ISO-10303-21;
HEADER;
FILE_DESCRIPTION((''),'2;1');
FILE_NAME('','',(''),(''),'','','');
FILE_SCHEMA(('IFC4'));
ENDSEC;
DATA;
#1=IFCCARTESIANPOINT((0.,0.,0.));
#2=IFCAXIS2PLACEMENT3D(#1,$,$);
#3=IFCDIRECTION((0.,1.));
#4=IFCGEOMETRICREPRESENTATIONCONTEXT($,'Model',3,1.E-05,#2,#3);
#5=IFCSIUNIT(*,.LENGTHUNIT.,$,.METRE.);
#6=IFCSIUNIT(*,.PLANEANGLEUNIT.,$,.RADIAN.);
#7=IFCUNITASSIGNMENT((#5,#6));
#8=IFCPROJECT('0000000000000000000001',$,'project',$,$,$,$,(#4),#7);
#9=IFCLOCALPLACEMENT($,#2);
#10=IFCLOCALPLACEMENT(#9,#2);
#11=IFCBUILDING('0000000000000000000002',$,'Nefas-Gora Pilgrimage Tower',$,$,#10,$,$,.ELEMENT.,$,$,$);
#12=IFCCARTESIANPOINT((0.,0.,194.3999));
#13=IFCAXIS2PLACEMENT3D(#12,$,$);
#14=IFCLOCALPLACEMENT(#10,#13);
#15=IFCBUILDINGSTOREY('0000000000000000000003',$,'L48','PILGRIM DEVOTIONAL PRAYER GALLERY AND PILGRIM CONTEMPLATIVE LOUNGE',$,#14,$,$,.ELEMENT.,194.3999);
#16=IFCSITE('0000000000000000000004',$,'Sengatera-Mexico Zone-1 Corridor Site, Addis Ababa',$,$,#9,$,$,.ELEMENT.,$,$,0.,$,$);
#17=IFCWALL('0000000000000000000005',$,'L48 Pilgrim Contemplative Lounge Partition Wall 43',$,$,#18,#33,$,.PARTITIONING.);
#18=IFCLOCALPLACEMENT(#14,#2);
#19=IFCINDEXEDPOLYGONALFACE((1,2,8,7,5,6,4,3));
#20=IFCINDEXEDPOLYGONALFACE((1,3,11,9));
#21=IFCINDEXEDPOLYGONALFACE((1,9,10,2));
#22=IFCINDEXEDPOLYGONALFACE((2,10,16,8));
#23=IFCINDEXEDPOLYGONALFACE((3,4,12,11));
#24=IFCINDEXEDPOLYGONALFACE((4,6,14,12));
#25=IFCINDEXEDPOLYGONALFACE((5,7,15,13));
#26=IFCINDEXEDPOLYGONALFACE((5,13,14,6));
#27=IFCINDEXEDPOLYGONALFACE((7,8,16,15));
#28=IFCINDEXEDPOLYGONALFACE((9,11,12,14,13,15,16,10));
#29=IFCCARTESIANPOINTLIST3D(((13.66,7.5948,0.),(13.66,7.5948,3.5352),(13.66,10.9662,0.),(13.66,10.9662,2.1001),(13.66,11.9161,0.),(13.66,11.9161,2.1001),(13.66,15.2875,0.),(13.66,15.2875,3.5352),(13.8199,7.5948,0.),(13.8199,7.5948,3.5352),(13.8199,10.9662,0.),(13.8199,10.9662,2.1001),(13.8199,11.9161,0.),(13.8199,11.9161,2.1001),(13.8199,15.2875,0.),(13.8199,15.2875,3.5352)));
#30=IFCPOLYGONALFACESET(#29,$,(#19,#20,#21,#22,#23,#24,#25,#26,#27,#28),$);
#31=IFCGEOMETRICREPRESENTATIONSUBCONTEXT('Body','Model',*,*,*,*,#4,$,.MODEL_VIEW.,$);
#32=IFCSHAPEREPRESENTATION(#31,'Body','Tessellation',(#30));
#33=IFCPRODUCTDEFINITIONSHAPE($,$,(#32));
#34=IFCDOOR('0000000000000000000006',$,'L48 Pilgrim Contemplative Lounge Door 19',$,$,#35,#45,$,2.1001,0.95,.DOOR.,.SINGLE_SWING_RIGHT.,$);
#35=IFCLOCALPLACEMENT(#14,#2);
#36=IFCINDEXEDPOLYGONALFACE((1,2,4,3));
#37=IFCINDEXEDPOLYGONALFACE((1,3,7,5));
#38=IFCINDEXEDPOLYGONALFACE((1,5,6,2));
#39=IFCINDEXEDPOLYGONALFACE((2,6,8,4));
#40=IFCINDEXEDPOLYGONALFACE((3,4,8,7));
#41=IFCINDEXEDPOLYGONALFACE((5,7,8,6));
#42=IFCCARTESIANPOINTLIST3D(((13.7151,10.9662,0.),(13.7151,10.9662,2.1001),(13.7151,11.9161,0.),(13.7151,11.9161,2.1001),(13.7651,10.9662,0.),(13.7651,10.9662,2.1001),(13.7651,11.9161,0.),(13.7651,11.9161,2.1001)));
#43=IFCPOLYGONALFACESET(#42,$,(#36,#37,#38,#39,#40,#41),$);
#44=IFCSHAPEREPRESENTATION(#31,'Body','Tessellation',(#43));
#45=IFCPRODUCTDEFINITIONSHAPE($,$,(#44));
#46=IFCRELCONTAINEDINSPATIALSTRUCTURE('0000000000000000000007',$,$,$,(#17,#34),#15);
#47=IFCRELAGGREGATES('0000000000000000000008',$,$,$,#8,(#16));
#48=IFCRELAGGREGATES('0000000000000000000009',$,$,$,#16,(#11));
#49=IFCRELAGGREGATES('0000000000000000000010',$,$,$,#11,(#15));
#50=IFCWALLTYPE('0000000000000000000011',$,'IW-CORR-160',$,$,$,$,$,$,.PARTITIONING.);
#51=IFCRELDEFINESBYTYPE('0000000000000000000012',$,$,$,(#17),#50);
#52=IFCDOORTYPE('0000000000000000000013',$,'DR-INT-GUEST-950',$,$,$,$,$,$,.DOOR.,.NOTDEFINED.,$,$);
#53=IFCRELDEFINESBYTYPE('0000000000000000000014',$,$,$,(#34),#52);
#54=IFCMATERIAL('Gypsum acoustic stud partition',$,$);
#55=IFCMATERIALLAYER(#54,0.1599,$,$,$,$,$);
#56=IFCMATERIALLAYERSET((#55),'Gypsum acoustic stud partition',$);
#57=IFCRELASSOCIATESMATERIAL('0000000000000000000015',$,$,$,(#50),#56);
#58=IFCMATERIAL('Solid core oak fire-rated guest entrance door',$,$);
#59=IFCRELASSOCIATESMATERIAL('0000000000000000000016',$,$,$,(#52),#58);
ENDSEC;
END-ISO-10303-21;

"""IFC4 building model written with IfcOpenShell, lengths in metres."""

from ifc_helpers import new_model, si_unit, direction, frame, frame_2d, origin, place, context, subcontext, project, spatial, rectangle, extrude, source, transform, mapped, material, layer, layer_set, type_object, element, fill, save


model = new_model("IFC4")

# Units and contexts
model_context = context("Model", 3, precision=1e-05, world=origin(), true_north=direction((0.0, 1.0)))
body_context = subcontext(model_context, "Body", "Model", "MODEL_VIEW")
ifc_project = project(units=[si_unit("LENGTHUNIT", "METRE"), si_unit("PLANEANGLEUNIT", "RADIAN")], contexts=[model_context])

# Site, building, storey
site_placement = place(None, origin())
site = spatial("IfcSite", under=ifc_project, at=site_placement, Name="Sengatera-Mexico Zone-1 Corridor Site, Addis Ababa", CompositionType="ELEMENT", RefElevation=0.0)
building_placement = place(site_placement, origin())
building = spatial("IfcBuilding", under=site, at=building_placement, Name="Nefas-Gora Pilgrimage Tower", CompositionType="ELEMENT")
storey_placement = place(building_placement, frame((0.0, 0.0, 194.3999)))
storey = spatial("IfcBuildingStorey", under=building, at=storey_placement, Name="L48", Description="PILGRIM DEVOTIONAL PRAYER GALLERY AND PILGRIM CONTEMPLATIVE LOUNGE", CompositionType="ELEMENT", Elevation=194.3999)

# Wall, opening, door
ifc_material_1 = material(Name="Gypsum acoustic stud partition")
ifc_layer_1 = layer(ifc_material_1, 0.1599)
ifc_layer_set_1 = layer_set([ifc_layer_1], Name="Gypsum acoustic stud partition")
wall_type_1 = type_object("IfcWallType", Name="IW-CORR-160", PredefinedType="PARTITIONING", material=ifc_layer_set_1)
shared_shape_1 = source(origin(), body_context, "Body", "SweptSolid", [
    extrude(rectangle(XDim=7.6926, YDim=0.1599, at=frame_2d((3.8462, 0.0))), origin(), (0.0, 0.0, 1.0), 3.5352),
])
wall_1_placement = place(storey_placement, frame((13.74, 7.595, 0.0), z_axis=(0.0, 0.0, 1.0), x_axis=(0.0, 1.0, 0.0)))
wall_1 = element("IfcWall", 1, at=wall_1_placement, inside=storey, type_object=wall_type_1, Name="L48 Pilgrim Contemplative Lounge Partition Wall 43", PredefinedType="PARTITIONING", context=body_context, shape_type="MappedRepresentation", body=[
    mapped(shared_shape_1, transform((0.0, 0.0, 0.0), x_axis=(1.0, 0.0, 0.0), y_axis=(0.0, 1.0, 0.0), z_axis=(0.0, 0.0, 1.0), scale=1.0)),
])
opening_placement = place(wall_1_placement, frame((3.3711, 0.0, 0.0)))
opening = element("IfcOpeningElement", 2, at=opening_placement, cuts=wall_1, PredefinedType="OPENING", context=body_context, shape_type="SweptSolid", body=[
    extrude(rectangle(XDim=0.95, YDim=2.1001, at=frame_2d((0.4751, 1.05))), frame((0.0, 0.0898, 0.0), z_axis=(0.0, -1.0, 0.0), x_axis=(1.0, 0.0, 0.0)), (0.0, 0.0, 1.0), 0.1799),
])
ifc_material_2 = material(Name="Solid core oak fire-rated guest entrance door")
door_type = type_object("IfcDoorType", Name="DR-INT-GUEST-950", OperationType="NOTDEFINED", PredefinedType="DOOR", material=ifc_material_2)
shared_shape_2 = source(origin(), body_context, "Body", "SweptSolid", [
    extrude(rectangle(XDim=0.95, YDim=2.1001, at=frame_2d((0.4751, 1.05))), frame((0.0, 0.0249, 0.0), z_axis=(0.0, -1.0, 0.0), x_axis=(1.0, 0.0, 0.0)), (0.0, 0.0, 1.0), 0.05),
])
door_placement = place(opening_placement, origin())
door = element("IfcDoor", 3, at=door_placement, inside=storey, type_object=door_type, Name="L48 Pilgrim Contemplative Lounge Door 19", OperationType="SINGLE_SWING_RIGHT", OverallHeight=2.1001, OverallWidth=0.95, PredefinedType="DOOR", context=body_context, shape_type="MappedRepresentation", body=[
    mapped(shared_shape_2, transform((0.0, 0.0, 0.0), x_axis=(1.0, 0.0, 0.0), y_axis=(0.0, 1.0, 0.0), z_axis=(0.0, 0.0, 1.0), scale=1.0)),
])
fill(opening, door)

save(model, "model.ifc")
